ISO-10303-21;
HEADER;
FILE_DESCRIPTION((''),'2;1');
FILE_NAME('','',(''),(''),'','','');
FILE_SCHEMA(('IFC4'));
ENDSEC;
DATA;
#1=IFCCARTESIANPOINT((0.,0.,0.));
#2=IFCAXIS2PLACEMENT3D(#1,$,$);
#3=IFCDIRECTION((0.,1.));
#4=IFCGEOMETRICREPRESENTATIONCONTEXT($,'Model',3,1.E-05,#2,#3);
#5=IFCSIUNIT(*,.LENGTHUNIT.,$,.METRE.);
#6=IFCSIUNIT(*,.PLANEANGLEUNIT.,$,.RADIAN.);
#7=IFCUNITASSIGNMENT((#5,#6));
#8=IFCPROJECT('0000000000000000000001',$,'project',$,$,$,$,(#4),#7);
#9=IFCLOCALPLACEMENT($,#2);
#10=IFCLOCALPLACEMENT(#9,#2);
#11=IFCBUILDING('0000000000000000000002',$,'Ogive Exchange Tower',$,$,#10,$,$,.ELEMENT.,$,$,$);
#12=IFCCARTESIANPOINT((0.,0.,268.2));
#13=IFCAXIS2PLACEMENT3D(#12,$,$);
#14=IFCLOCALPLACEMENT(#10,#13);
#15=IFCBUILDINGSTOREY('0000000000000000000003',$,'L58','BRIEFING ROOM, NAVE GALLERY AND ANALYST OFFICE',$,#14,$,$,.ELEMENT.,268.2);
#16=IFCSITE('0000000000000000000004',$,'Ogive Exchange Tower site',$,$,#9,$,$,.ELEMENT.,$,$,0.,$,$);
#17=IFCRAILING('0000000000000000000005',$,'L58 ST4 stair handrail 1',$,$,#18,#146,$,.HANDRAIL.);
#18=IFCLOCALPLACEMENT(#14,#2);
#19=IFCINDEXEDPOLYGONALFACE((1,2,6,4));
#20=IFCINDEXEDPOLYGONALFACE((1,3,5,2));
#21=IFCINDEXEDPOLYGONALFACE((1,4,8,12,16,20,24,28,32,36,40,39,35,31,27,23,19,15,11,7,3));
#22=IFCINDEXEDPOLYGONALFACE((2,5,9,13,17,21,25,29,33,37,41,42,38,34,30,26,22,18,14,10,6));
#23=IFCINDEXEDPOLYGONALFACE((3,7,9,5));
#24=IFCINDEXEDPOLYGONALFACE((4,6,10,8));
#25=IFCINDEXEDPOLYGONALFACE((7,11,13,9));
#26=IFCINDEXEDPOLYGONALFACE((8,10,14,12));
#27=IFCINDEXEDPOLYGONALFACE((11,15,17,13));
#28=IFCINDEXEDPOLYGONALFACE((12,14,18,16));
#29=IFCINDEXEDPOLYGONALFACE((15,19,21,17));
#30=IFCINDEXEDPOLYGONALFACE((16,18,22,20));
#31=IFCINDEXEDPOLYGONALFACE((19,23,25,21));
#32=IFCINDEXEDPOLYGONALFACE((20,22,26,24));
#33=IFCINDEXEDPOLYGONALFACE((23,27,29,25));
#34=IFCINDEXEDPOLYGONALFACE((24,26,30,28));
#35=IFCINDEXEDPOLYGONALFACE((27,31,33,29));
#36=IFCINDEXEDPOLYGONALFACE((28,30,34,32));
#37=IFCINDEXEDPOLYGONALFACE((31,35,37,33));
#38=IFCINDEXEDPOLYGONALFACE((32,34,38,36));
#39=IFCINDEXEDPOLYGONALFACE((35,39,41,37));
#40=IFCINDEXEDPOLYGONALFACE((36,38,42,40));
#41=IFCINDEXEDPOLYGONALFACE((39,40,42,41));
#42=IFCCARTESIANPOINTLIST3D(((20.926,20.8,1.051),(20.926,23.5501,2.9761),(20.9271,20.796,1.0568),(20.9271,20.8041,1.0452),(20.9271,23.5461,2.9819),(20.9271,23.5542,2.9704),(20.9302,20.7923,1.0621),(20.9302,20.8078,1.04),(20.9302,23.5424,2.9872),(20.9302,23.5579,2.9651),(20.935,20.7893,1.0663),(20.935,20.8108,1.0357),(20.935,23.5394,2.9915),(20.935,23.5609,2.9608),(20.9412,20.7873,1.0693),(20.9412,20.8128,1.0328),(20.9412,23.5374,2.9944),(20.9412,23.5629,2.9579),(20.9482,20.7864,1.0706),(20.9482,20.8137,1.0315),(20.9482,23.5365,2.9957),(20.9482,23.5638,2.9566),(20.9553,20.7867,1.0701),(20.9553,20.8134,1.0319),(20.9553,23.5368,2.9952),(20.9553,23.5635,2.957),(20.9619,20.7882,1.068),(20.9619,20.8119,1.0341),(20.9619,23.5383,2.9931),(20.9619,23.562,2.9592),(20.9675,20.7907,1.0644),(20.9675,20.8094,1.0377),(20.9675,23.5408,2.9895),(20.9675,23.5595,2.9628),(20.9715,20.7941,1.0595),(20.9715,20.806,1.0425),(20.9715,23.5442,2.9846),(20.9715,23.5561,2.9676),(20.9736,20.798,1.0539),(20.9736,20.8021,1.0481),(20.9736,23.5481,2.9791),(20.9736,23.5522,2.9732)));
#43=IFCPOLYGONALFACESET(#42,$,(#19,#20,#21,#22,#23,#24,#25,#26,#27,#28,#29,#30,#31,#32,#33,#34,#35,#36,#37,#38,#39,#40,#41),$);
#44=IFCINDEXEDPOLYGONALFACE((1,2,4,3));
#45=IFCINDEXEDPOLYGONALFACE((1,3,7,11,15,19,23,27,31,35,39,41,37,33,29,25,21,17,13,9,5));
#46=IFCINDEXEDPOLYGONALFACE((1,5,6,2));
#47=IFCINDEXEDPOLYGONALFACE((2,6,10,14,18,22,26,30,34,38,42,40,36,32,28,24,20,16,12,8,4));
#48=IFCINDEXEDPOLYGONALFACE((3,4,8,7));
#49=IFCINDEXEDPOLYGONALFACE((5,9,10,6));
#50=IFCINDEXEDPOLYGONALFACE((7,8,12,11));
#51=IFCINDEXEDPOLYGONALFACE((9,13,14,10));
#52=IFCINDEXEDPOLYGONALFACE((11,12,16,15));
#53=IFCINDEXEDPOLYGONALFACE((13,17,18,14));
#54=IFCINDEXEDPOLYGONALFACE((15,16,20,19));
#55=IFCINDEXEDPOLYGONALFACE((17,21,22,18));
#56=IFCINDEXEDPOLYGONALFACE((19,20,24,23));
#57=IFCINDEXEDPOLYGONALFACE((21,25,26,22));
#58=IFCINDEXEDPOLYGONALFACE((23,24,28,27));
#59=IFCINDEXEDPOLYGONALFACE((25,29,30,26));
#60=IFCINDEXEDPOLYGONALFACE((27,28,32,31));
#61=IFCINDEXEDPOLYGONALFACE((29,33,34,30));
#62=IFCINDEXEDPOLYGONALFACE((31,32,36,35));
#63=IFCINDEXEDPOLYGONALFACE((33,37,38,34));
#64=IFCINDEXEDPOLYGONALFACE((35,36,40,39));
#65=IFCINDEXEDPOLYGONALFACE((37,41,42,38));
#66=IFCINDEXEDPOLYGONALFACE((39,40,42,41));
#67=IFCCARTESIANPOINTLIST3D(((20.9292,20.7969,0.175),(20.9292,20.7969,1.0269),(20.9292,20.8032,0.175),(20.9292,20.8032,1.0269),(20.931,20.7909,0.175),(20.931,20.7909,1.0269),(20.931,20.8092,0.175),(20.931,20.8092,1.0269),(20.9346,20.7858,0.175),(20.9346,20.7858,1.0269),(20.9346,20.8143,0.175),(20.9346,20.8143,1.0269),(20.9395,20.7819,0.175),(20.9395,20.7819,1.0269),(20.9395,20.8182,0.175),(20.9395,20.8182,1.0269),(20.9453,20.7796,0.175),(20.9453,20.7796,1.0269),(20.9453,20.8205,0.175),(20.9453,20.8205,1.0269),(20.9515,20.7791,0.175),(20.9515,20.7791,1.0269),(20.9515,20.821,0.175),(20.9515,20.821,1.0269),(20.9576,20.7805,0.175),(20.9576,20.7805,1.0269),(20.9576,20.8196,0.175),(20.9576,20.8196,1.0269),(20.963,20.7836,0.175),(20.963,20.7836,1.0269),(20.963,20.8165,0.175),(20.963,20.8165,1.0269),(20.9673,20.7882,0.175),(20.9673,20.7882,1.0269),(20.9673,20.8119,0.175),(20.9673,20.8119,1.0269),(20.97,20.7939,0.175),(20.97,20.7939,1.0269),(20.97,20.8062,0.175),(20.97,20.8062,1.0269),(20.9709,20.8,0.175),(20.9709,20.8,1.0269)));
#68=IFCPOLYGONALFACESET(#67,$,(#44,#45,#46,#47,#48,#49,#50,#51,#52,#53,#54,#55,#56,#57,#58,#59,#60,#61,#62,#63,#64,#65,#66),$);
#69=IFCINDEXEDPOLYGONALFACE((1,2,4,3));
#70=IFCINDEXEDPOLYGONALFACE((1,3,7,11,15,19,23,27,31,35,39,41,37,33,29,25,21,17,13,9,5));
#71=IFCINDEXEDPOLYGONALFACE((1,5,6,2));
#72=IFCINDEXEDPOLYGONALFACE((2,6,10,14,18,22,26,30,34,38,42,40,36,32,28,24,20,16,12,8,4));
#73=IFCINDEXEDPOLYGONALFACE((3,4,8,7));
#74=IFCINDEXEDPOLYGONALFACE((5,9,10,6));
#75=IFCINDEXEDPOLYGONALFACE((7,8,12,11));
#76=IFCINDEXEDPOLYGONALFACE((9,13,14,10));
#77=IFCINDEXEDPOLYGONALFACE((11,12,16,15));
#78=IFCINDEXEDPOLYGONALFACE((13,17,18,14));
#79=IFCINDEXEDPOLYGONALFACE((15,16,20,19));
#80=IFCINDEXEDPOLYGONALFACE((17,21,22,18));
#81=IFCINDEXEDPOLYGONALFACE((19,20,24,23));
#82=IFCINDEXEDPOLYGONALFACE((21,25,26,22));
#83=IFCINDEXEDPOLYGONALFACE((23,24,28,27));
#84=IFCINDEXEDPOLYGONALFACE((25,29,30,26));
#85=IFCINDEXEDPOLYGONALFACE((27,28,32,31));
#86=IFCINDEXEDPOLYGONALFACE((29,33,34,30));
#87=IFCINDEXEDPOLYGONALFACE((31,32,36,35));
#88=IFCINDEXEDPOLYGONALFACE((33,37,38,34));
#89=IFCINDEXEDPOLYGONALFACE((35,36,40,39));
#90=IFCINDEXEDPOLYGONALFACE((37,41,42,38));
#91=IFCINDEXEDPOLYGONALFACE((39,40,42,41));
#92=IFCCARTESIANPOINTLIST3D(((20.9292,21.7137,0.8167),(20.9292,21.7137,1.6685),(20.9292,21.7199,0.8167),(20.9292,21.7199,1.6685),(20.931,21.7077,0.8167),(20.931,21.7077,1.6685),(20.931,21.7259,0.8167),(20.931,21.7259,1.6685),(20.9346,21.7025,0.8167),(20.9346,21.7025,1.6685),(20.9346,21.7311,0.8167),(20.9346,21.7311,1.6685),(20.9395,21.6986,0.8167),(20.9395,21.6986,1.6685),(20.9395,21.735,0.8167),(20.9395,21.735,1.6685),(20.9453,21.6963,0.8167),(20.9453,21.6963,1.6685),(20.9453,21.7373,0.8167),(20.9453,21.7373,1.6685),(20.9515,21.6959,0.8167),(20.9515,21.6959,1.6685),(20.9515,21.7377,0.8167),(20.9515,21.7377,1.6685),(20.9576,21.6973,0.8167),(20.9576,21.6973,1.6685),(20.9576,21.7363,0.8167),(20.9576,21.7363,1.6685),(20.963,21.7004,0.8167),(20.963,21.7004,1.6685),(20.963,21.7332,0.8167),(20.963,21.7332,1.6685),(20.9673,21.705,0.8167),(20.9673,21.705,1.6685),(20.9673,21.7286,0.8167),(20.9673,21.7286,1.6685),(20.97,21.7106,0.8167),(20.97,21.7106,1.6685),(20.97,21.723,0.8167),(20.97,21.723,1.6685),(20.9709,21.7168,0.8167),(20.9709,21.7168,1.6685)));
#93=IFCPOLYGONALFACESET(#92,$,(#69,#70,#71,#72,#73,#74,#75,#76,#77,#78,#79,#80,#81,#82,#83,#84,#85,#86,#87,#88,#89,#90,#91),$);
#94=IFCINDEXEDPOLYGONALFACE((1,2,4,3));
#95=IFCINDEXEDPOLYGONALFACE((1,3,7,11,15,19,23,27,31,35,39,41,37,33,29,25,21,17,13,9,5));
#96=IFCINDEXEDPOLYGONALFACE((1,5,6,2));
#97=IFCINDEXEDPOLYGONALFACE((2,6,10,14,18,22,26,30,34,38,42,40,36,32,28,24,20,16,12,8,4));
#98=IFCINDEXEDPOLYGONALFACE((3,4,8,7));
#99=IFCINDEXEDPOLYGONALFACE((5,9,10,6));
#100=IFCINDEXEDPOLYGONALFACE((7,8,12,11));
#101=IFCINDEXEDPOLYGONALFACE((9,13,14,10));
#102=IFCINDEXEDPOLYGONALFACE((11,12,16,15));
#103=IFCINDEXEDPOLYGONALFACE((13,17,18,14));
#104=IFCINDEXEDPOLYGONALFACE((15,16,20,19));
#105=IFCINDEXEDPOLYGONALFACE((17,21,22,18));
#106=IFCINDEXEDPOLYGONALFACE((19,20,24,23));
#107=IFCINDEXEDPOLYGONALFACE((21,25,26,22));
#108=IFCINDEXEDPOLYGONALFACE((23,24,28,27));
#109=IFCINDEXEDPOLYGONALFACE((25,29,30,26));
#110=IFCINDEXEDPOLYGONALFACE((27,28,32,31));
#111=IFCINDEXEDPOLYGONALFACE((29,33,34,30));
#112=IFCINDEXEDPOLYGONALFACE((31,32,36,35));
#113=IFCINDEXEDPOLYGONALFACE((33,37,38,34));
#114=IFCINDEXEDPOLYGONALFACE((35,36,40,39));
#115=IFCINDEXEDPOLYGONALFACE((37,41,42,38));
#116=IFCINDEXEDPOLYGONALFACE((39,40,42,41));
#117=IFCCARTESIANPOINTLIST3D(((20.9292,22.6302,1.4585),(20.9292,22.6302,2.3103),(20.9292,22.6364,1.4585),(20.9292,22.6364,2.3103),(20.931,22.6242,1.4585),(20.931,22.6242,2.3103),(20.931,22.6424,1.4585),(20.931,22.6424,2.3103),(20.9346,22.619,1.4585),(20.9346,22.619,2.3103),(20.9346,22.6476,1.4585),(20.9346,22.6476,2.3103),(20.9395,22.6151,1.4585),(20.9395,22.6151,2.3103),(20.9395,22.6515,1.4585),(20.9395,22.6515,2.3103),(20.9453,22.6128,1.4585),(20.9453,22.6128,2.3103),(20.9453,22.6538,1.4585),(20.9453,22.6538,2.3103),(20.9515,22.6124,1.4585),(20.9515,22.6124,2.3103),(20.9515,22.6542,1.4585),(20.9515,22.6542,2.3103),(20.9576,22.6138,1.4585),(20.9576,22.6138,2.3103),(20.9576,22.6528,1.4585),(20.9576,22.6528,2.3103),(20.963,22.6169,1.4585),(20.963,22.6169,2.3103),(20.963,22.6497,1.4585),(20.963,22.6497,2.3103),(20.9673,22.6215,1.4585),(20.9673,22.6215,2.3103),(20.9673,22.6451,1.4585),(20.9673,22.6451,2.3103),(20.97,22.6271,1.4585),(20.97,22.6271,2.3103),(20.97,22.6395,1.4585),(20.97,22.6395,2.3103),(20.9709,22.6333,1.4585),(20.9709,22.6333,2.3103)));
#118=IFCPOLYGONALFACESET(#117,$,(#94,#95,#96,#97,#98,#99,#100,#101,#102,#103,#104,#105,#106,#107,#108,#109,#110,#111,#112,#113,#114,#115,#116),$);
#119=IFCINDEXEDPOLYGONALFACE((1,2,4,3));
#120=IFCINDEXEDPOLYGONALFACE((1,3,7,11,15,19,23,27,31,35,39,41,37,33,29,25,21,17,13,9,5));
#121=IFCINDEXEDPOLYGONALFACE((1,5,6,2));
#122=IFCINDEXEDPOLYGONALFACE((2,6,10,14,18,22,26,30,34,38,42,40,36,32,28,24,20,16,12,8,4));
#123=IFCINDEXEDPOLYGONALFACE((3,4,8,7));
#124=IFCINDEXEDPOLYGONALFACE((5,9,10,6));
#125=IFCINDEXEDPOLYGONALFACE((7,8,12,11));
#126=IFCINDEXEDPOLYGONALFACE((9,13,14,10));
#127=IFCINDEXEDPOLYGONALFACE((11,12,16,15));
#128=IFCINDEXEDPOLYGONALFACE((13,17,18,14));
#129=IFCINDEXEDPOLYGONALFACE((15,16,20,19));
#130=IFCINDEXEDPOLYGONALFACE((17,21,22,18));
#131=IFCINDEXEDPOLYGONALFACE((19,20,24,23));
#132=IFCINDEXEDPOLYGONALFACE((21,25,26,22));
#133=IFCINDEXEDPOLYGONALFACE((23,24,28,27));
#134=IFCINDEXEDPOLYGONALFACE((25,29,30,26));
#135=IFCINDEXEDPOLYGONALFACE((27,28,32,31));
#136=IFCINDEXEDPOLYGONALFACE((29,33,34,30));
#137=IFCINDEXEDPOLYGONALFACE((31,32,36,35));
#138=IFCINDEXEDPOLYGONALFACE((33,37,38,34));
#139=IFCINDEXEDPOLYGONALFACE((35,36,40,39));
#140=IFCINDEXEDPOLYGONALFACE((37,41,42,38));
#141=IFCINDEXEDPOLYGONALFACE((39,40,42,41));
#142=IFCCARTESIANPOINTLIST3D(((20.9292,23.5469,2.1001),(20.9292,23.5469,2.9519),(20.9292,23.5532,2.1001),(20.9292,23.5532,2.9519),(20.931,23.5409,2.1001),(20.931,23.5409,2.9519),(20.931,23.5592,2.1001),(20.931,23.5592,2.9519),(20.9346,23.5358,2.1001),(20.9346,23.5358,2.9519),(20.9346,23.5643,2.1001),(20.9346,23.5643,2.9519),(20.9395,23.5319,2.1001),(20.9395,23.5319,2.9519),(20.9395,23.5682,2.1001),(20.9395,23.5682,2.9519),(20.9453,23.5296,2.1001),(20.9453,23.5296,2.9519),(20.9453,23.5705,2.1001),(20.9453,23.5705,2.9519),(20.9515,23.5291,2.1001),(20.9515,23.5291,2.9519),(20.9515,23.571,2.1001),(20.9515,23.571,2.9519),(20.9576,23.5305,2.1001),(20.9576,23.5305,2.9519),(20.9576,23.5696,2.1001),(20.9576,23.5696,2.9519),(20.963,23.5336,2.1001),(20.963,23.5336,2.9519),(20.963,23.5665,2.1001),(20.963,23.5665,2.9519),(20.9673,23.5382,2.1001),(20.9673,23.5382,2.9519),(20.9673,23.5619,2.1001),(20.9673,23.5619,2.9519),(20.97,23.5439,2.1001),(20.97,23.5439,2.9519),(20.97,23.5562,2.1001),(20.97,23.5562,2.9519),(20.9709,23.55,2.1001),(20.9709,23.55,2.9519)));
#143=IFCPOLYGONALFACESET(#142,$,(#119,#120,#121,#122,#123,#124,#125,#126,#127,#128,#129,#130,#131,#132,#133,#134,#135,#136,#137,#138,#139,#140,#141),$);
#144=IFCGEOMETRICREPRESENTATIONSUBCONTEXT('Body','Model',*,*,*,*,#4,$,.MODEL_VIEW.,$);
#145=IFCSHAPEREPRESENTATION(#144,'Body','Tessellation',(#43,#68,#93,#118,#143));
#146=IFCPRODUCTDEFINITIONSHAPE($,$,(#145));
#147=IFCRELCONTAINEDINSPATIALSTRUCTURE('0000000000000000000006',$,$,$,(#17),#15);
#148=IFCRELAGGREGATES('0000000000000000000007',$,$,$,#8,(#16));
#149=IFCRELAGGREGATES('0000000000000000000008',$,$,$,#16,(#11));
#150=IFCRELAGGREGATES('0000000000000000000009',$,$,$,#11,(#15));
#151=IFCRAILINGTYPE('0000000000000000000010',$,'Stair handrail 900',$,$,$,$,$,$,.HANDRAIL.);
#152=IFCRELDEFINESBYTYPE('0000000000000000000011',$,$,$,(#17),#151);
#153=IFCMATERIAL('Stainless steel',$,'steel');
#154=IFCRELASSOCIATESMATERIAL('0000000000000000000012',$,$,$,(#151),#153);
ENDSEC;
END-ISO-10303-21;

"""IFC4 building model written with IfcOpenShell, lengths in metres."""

from ifc_helpers import new_model, si_unit, direction, frame, origin, origin_2d, place, context, subcontext, project, spatial, circle, extrude, material, type_object, element, save


model = new_model("IFC4")

# Units and contexts
model_context = context("Model", 3, precision=1e-05, world=origin(), true_north=direction((0.0, 1.0)))
body_context = subcontext(model_context, "Body", "Model", "MODEL_VIEW")
ifc_project = project(units=[si_unit("LENGTHUNIT", "METRE"), si_unit("PLANEANGLEUNIT", "RADIAN")], contexts=[model_context])

# Site, building, storey
site_placement = place(None, origin())
site = spatial("IfcSite", under=ifc_project, at=site_placement, Name="Ogive Exchange Tower site", CompositionType="ELEMENT", RefElevation=0.0)
building_placement = place(site_placement, origin())
building = spatial("IfcBuilding", under=site, at=building_placement, Name="Ogive Exchange Tower", CompositionType="ELEMENT")
storey_placement = place(building_placement, frame((0.0, 0.0, 268.2)))
storey = spatial("IfcBuildingStorey", under=building, at=storey_placement, Name="L58", Description="BRIEFING ROOM, NAVE GALLERY AND ANALYST OFFICE", CompositionType="ELEMENT", Elevation=268.2)

# Railing
ifc_material_1 = material(Name="Stainless steel", Category="steel")
railing_type = type_object("IfcRailingType", Name="Stair handrail 900", PredefinedType="HANDRAIL", material=ifc_material_1)
railing_placement = place(storey_placement, frame((20.95, 20.8, 0.175)))
element("IfcRailing", 1, at=railing_placement, inside=storey, type_object=railing_type, Name="L58 ST4 stair handrail 1", PredefinedType="HANDRAIL", context=body_context, shape_type="SweptSolid", body=[
    extrude(circle(Radius=0.0239, at=origin_2d()), frame((0.0, 0.0, 0.876), z_axis=(0.0, 0.819225, 0.573472), x_axis=(-1.0, 0.0, 0.0)), (0.0, 0.0, 1.0), 3.3569),
    extrude(circle(Radius=0.021, at=origin_2d()), origin(), (0.0, 0.0, 1.0), 0.8518),
    extrude(circle(Radius=0.021, at=origin_2d()), frame((0.0, 0.9167, 0.6416)), (0.0, 0.0, 1.0), 0.8518),
    extrude(circle(Radius=0.021, at=origin_2d()), frame((0.0, 1.8333, 1.2834)), (0.0, 0.0, 1.0), 0.8518),
    extrude(circle(Radius=0.021, at=origin_2d()), frame((0.0, 2.75, 1.925)), (0.0, 0.0, 1.0), 0.8518),
])

save(model, "model.ifc")
